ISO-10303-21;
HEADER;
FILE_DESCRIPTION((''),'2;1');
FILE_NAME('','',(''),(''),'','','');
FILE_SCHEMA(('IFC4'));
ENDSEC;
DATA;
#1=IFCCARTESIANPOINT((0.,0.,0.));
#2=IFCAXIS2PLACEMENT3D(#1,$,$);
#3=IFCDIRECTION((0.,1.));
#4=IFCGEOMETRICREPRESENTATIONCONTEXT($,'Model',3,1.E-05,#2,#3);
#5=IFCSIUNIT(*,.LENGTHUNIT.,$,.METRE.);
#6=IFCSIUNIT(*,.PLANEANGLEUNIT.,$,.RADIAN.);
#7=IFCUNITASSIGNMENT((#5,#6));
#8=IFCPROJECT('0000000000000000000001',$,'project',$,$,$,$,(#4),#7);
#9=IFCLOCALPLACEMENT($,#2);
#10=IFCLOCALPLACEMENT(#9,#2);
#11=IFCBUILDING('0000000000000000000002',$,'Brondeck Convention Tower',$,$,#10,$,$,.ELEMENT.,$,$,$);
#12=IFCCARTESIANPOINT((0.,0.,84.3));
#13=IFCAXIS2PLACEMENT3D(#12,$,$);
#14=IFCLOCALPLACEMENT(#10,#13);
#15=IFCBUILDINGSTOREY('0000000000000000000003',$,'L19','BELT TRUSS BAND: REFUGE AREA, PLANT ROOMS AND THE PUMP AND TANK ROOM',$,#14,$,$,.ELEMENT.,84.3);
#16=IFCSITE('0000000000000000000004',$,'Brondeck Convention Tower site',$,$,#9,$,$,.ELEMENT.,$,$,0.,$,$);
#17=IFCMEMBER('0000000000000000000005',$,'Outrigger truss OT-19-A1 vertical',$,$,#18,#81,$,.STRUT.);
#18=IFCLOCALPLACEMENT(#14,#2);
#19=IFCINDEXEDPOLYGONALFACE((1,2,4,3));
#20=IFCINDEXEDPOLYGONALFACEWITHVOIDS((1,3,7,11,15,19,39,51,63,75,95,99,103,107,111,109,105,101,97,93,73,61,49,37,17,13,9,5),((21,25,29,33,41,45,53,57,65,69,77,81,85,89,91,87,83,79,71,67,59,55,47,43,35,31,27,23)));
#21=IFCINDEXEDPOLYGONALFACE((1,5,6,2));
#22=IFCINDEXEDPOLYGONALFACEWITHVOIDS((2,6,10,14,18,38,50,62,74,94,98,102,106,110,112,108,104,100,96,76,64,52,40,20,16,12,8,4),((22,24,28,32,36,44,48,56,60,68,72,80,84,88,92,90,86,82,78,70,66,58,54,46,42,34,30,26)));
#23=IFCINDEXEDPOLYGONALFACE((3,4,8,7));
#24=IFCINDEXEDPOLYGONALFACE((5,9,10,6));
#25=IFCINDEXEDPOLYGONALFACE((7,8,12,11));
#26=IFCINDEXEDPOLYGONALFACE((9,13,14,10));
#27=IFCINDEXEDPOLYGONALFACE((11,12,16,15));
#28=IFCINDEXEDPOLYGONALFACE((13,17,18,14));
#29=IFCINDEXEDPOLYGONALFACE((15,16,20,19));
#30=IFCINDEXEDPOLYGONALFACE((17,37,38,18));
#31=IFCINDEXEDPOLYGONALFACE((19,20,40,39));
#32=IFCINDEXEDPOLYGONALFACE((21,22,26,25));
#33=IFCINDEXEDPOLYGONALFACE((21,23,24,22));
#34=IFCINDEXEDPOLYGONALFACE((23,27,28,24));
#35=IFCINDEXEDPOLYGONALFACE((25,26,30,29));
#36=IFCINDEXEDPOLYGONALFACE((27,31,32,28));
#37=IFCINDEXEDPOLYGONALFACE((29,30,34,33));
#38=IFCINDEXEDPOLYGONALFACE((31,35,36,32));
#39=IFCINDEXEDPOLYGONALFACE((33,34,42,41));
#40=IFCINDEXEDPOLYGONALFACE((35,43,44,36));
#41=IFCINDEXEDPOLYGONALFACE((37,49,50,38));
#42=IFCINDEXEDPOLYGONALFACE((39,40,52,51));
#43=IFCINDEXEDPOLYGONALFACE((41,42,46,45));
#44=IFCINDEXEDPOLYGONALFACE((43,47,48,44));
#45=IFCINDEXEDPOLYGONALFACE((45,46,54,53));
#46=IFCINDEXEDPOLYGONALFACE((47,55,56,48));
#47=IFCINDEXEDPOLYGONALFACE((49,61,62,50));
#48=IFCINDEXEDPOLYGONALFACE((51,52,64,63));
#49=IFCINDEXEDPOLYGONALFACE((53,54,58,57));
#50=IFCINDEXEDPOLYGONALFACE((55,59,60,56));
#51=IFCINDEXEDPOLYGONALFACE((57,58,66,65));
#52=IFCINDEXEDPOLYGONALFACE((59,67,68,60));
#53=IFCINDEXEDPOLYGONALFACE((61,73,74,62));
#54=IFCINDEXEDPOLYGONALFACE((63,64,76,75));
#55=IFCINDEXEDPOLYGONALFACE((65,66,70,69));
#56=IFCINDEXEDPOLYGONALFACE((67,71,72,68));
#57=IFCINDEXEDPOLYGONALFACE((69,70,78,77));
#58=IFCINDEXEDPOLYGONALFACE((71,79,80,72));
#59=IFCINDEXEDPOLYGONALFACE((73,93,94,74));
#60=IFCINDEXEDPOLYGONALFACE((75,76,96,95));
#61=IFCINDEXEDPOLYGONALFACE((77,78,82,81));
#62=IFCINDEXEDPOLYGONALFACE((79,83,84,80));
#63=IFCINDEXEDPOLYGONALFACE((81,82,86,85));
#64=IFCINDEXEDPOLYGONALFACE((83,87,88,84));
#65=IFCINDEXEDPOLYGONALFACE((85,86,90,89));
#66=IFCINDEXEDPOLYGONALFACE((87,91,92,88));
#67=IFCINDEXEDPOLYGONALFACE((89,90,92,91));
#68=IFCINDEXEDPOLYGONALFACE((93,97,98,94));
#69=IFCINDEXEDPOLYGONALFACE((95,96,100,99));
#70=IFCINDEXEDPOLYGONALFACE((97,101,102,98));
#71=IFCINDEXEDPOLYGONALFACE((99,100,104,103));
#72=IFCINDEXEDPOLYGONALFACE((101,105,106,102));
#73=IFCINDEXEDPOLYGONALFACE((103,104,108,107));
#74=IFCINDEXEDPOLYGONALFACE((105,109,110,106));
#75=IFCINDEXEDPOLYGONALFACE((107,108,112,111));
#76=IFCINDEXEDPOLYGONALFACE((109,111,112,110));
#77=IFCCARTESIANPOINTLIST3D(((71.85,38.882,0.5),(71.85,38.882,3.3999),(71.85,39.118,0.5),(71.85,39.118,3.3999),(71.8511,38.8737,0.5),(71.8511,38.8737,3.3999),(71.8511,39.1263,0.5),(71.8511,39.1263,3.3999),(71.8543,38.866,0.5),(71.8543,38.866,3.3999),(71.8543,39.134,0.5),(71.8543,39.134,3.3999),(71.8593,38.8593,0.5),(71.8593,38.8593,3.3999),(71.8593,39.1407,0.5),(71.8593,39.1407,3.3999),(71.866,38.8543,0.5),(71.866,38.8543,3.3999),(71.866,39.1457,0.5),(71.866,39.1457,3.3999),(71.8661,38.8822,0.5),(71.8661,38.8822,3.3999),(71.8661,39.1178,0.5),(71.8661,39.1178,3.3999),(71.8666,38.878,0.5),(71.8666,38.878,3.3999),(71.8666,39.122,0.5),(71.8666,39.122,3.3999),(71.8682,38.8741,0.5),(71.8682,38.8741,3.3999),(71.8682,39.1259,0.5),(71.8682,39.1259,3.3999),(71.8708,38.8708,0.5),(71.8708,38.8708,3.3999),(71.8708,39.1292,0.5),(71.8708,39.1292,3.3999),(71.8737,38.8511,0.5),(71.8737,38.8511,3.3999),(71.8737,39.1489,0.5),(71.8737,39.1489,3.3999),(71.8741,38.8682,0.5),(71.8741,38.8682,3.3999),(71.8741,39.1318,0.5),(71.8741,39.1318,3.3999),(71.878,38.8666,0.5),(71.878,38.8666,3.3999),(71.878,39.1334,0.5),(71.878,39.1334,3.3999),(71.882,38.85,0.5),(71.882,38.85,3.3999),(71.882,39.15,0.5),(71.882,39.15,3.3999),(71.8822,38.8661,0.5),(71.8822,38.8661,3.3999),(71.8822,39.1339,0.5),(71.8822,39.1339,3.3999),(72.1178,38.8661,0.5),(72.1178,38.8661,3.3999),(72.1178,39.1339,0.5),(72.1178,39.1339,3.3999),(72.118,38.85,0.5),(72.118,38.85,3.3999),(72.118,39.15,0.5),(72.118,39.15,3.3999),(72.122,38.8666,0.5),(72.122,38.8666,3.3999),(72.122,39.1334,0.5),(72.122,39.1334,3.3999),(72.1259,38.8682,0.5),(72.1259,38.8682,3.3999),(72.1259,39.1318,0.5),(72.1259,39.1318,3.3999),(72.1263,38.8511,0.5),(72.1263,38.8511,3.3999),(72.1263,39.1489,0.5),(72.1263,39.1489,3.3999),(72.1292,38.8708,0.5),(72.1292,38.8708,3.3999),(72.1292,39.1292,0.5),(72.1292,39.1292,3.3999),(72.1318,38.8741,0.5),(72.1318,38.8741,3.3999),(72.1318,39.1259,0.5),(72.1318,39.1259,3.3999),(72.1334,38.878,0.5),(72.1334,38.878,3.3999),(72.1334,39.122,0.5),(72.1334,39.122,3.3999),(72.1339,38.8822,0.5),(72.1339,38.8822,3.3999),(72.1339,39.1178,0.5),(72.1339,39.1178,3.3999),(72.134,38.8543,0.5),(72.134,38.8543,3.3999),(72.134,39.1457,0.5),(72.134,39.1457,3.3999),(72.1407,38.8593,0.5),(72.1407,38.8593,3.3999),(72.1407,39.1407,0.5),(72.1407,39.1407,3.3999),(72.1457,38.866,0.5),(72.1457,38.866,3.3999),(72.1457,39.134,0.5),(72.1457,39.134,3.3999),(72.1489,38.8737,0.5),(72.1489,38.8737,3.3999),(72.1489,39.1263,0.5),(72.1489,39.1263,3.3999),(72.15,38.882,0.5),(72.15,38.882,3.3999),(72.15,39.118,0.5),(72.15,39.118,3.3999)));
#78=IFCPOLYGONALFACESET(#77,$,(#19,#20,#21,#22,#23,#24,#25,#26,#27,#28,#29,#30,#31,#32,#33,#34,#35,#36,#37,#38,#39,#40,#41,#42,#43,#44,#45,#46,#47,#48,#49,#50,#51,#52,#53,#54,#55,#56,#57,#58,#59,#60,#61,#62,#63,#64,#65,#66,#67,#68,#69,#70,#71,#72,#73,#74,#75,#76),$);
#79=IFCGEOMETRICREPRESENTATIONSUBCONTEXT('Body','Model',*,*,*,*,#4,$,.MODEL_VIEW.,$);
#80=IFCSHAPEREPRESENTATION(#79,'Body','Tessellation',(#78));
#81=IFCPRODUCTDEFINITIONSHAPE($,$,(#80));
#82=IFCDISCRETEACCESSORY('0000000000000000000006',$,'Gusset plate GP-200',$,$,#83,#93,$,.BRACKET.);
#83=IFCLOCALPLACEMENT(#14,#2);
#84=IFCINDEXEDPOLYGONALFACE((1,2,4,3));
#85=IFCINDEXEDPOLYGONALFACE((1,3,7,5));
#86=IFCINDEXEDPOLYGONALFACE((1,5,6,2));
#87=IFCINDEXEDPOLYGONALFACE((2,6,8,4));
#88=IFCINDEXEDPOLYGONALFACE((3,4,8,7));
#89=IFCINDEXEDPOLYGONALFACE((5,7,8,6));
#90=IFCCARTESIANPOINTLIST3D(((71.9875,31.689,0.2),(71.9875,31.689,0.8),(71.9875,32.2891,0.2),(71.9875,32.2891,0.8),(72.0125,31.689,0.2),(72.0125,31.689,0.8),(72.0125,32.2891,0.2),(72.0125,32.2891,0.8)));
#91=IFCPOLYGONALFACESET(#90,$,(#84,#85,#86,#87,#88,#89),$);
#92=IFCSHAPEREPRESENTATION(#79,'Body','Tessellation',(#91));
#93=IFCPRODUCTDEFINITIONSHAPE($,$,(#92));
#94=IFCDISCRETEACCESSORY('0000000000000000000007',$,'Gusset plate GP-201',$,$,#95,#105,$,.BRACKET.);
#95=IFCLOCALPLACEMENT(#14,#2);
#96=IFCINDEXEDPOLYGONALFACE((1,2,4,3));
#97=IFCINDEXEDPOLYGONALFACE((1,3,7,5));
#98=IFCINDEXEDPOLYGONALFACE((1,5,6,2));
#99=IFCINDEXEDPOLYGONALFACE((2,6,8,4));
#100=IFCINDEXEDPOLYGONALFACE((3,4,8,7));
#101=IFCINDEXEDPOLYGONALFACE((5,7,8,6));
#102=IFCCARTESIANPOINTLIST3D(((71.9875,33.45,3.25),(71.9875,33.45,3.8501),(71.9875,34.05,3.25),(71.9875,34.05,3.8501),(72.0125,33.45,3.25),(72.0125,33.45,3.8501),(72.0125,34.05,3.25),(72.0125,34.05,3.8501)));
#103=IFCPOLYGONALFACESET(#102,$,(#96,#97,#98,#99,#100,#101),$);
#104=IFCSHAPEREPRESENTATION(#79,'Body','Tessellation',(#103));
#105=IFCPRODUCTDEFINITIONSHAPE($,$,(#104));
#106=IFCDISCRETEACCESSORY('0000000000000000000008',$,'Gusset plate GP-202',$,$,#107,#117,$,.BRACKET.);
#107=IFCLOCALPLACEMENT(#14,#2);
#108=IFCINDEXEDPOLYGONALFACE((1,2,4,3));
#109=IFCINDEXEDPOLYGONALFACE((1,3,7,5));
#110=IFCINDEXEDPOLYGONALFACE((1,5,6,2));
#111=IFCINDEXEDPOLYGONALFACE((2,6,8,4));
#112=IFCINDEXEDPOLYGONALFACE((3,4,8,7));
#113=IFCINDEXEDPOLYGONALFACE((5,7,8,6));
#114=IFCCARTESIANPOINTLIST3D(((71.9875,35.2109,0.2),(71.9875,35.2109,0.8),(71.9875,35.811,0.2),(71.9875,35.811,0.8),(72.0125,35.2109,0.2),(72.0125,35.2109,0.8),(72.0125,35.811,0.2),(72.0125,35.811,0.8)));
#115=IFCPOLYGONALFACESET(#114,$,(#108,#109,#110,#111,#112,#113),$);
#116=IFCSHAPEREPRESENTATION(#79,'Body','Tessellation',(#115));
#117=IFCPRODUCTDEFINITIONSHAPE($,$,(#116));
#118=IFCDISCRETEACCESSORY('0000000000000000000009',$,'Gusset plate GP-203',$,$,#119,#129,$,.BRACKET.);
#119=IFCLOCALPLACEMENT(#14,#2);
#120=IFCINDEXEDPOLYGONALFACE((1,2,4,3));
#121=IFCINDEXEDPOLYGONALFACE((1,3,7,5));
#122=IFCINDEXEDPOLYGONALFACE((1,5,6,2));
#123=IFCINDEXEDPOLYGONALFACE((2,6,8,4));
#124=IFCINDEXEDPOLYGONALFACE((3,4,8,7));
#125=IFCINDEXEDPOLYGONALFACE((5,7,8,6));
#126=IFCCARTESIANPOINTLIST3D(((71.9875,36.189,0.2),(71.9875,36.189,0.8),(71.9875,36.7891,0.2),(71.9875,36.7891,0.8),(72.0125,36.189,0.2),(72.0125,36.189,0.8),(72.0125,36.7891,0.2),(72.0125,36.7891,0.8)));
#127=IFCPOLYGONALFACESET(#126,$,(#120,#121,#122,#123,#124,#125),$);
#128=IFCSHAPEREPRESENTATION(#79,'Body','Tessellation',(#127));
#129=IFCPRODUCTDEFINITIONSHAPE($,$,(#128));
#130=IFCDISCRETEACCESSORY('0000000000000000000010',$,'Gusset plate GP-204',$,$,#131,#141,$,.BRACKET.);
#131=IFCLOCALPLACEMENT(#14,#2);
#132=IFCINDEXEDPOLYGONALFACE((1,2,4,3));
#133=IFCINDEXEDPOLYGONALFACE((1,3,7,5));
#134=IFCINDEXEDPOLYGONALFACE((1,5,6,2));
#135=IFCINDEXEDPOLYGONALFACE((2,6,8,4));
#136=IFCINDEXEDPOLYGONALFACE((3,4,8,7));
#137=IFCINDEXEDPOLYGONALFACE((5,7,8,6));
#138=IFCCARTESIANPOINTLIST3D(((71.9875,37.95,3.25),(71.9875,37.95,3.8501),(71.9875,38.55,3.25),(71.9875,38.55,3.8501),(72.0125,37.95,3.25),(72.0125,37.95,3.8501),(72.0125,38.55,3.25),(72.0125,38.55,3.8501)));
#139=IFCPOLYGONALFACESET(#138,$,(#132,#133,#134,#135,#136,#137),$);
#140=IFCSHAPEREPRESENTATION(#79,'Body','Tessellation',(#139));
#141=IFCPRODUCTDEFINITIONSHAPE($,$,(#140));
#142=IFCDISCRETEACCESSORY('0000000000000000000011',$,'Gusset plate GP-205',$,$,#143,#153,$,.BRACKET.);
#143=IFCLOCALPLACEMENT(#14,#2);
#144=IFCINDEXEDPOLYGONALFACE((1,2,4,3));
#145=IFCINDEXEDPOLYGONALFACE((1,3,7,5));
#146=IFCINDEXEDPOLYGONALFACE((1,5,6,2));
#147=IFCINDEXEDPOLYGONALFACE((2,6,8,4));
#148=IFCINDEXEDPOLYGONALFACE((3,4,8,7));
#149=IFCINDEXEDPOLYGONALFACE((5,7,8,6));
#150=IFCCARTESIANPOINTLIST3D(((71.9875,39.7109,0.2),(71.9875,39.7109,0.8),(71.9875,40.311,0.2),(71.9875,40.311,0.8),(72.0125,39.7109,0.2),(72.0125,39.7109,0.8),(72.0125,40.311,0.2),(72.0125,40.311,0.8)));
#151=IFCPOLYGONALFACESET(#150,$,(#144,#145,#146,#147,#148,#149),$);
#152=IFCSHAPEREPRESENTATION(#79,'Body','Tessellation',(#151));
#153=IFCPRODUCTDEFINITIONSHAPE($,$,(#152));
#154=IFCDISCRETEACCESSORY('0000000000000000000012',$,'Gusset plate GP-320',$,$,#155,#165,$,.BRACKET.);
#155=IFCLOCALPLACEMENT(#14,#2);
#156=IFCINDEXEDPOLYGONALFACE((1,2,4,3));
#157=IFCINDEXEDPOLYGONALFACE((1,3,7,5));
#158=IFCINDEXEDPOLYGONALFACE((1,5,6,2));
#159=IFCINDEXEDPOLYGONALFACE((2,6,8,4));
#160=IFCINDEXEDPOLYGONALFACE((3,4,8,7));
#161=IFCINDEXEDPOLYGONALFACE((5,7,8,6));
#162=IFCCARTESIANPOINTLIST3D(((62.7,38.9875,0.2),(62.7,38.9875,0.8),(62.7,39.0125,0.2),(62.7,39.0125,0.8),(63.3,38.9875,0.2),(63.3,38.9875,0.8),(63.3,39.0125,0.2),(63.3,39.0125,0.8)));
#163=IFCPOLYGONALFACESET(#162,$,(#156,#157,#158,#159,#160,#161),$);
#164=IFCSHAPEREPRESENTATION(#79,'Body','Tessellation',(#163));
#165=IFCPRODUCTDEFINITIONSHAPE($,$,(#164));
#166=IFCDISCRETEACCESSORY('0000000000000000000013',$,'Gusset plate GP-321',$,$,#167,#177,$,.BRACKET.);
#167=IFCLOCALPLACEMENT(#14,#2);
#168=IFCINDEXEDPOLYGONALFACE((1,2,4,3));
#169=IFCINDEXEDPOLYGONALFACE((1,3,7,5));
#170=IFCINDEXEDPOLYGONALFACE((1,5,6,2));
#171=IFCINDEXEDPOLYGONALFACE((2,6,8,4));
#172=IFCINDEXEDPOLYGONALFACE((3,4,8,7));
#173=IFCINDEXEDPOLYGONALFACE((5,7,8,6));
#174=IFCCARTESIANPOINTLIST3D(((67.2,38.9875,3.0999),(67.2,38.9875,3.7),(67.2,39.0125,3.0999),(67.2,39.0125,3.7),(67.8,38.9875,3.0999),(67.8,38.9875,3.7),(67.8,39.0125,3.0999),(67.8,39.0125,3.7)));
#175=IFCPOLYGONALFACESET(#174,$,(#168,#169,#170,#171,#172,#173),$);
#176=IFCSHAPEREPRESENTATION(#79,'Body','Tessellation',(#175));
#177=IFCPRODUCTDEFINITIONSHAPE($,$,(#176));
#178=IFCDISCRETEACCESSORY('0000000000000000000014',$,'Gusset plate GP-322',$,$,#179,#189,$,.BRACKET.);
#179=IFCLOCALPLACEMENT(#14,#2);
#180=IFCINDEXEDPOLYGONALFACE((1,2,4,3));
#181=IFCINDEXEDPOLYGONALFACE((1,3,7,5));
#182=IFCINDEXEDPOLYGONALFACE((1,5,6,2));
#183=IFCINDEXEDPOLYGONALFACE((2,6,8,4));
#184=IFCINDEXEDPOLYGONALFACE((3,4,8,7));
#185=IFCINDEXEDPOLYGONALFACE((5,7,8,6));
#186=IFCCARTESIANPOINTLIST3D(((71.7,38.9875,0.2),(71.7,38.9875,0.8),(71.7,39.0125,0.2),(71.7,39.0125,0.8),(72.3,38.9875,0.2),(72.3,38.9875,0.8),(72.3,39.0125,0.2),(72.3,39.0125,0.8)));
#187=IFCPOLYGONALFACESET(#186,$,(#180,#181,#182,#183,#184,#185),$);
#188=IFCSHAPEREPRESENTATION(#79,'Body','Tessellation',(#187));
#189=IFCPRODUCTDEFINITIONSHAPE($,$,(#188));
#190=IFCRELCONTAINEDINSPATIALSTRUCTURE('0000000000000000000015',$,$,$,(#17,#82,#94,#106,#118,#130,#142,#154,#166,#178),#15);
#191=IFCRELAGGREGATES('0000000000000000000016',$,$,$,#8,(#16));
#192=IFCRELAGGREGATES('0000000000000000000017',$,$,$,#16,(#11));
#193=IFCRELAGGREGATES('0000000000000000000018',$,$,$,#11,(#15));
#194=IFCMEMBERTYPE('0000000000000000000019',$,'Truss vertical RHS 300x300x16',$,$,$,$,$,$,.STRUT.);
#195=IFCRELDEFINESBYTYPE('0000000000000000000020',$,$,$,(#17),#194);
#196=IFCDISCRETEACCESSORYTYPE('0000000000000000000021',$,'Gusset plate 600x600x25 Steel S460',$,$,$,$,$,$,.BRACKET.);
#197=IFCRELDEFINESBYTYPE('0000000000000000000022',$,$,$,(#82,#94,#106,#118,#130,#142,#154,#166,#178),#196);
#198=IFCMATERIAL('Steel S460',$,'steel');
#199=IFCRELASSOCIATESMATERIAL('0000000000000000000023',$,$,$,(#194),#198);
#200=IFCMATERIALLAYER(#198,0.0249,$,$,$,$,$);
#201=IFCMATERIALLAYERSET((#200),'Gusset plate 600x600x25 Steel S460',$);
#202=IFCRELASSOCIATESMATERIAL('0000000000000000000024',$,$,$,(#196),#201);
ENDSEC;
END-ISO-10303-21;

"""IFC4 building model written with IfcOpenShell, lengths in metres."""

from ifc_helpers import new_model, si_unit, direction, frame, origin, origin_2d, place, context, subcontext, project, spatial, rectangle, hollow_rectangle, extrude, material, layer, layer_set, material_profile, profile_set, type_object, element, save


model = new_model("IFC4")

# Units and contexts
model_context = context("Model", 3, precision=1e-05, world=origin(), true_north=direction((0.0, 1.0)))
body_context = subcontext(model_context, "Body", "Model", "MODEL_VIEW")
ifc_project = project(units=[si_unit("LENGTHUNIT", "METRE"), si_unit("PLANEANGLEUNIT", "RADIAN")], contexts=[model_context])

# Site, building, storey
site_placement = place(None, origin())
site = spatial("IfcSite", under=ifc_project, at=site_placement, Name="Brondeck Convention Tower site", CompositionType="ELEMENT", RefElevation=0.0)
building_placement = place(site_placement, origin())
building = spatial("IfcBuilding", under=site, at=building_placement, Name="Brondeck Convention Tower", CompositionType="ELEMENT")
storey_placement = place(building_placement, frame((0.0, 0.0, 84.3)))
storey = spatial("IfcBuildingStorey", under=building, at=storey_placement, Name="L19", Description="BELT TRUSS BAND: REFUGE AREA, PLANT ROOMS AND THE PUMP AND TANK ROOM", CompositionType="ELEMENT", Elevation=84.3)

# Shared definitions
ifc_material_1 = material(Name="Steel S460", Category="steel")

# Member
ifc_material_profile_1 = material_profile(ifc_material_1, hollow_rectangle(XDim=0.3, YDim=0.3, WallThickness=0.0161, InnerFilletRadius=0.0161, OuterFilletRadius=0.032, at=origin_2d()), Name="RHS 300x300x16")
ifc_profile_set_1 = profile_set([ifc_material_profile_1], Name="Steel S460")
member_type_1 = type_object("IfcMemberType", Name="Truss vertical RHS 300x300x16", PredefinedType="STRUT", material=ifc_profile_set_1)
for number, where, z_axis, x_axis, name in (
    (1, (72.0, 39.0, 0.5), (0.0, 0.0, 1.0), (1.0, 0.0, 0.0), "Outrigger truss OT-19-A1 vertical"),
):
    element("IfcMember", number, at=place(storey_placement, frame(where, z_axis=z_axis, x_axis=x_axis)), inside=storey, type_object=member_type_1, Name=name, PredefinedType="STRUT", context=body_context, shape_type="SweptSolid", body=[
        extrude(hollow_rectangle(XDim=0.3, YDim=0.3, WallThickness=0.0161, InnerFilletRadius=0.0161, OuterFilletRadius=0.032, at=origin_2d()), origin(), (0.0, 0.0, 1.0), 2.8999),
    ])

# Discrete accessories
ifc_layer = layer(ifc_material_1, 0.0249)
ifc_layer_set = layer_set([ifc_layer], Name="Gusset plate 600x600x25 Steel S460")
discrete_accessory_type = type_object("IfcDiscreteAccessoryType", Name="Gusset plate 600x600x25 Steel S460", PredefinedType="BRACKET", material=ifc_layer_set)
for number, where, z_axis, x_axis, name in (
    (2, (72.0, 31.989, 0.2), (0.0, 0.0, 1.0), (0.0, 1.0, 0.0), "Gusset plate GP-200"),
    (3, (72.0, 33.75, 3.25), (0.0, 0.0, 1.0), (0.0, 1.0, 0.0), "Gusset plate GP-201"),
    (4, (72.0, 35.511, 0.2), (0.0, 0.0, 1.0), (0.0, 1.0, 0.0), "Gusset plate GP-202"),
    (5, (72.0, 36.489, 0.2), (0.0, 0.0, 1.0), (0.0, 1.0, 0.0), "Gusset plate GP-203"),
    (6, (72.0, 38.25, 3.25), (0.0, 0.0, 1.0), (0.0, 1.0, 0.0), "Gusset plate GP-204"),
    (7, (72.0, 40.011, 0.2), (0.0, 0.0, 1.0), (0.0, 1.0, 0.0), "Gusset plate GP-205"),
    (8, (63.0, 39.0, 0.2), (0.0, 0.0, 1.0), (1.0, 0.0, 0.0), "Gusset plate GP-320"),
    (9, (67.5, 39.0, 3.0999), (0.0, 0.0, 1.0), (1.0, 0.0, 0.0), "Gusset plate GP-321"),
    (10, (72.0, 39.0, 0.2), (0.0, 0.0, 1.0), (1.0, 0.0, 0.0), "Gusset plate GP-322"),
):
    element("IfcDiscreteAccessory", number, at=place(storey_placement, frame(where, z_axis=z_axis, x_axis=x_axis)), inside=storey, type_object=discrete_accessory_type, Name=name, PredefinedType="BRACKET", context=body_context, shape_type="SweptSolid", body=[
        extrude(rectangle(XDim=0.6001, YDim=0.0249, at=origin_2d()), origin(), (0.0, 0.0, 1.0), 0.6001),
    ])

save(model, "model.ifc")
